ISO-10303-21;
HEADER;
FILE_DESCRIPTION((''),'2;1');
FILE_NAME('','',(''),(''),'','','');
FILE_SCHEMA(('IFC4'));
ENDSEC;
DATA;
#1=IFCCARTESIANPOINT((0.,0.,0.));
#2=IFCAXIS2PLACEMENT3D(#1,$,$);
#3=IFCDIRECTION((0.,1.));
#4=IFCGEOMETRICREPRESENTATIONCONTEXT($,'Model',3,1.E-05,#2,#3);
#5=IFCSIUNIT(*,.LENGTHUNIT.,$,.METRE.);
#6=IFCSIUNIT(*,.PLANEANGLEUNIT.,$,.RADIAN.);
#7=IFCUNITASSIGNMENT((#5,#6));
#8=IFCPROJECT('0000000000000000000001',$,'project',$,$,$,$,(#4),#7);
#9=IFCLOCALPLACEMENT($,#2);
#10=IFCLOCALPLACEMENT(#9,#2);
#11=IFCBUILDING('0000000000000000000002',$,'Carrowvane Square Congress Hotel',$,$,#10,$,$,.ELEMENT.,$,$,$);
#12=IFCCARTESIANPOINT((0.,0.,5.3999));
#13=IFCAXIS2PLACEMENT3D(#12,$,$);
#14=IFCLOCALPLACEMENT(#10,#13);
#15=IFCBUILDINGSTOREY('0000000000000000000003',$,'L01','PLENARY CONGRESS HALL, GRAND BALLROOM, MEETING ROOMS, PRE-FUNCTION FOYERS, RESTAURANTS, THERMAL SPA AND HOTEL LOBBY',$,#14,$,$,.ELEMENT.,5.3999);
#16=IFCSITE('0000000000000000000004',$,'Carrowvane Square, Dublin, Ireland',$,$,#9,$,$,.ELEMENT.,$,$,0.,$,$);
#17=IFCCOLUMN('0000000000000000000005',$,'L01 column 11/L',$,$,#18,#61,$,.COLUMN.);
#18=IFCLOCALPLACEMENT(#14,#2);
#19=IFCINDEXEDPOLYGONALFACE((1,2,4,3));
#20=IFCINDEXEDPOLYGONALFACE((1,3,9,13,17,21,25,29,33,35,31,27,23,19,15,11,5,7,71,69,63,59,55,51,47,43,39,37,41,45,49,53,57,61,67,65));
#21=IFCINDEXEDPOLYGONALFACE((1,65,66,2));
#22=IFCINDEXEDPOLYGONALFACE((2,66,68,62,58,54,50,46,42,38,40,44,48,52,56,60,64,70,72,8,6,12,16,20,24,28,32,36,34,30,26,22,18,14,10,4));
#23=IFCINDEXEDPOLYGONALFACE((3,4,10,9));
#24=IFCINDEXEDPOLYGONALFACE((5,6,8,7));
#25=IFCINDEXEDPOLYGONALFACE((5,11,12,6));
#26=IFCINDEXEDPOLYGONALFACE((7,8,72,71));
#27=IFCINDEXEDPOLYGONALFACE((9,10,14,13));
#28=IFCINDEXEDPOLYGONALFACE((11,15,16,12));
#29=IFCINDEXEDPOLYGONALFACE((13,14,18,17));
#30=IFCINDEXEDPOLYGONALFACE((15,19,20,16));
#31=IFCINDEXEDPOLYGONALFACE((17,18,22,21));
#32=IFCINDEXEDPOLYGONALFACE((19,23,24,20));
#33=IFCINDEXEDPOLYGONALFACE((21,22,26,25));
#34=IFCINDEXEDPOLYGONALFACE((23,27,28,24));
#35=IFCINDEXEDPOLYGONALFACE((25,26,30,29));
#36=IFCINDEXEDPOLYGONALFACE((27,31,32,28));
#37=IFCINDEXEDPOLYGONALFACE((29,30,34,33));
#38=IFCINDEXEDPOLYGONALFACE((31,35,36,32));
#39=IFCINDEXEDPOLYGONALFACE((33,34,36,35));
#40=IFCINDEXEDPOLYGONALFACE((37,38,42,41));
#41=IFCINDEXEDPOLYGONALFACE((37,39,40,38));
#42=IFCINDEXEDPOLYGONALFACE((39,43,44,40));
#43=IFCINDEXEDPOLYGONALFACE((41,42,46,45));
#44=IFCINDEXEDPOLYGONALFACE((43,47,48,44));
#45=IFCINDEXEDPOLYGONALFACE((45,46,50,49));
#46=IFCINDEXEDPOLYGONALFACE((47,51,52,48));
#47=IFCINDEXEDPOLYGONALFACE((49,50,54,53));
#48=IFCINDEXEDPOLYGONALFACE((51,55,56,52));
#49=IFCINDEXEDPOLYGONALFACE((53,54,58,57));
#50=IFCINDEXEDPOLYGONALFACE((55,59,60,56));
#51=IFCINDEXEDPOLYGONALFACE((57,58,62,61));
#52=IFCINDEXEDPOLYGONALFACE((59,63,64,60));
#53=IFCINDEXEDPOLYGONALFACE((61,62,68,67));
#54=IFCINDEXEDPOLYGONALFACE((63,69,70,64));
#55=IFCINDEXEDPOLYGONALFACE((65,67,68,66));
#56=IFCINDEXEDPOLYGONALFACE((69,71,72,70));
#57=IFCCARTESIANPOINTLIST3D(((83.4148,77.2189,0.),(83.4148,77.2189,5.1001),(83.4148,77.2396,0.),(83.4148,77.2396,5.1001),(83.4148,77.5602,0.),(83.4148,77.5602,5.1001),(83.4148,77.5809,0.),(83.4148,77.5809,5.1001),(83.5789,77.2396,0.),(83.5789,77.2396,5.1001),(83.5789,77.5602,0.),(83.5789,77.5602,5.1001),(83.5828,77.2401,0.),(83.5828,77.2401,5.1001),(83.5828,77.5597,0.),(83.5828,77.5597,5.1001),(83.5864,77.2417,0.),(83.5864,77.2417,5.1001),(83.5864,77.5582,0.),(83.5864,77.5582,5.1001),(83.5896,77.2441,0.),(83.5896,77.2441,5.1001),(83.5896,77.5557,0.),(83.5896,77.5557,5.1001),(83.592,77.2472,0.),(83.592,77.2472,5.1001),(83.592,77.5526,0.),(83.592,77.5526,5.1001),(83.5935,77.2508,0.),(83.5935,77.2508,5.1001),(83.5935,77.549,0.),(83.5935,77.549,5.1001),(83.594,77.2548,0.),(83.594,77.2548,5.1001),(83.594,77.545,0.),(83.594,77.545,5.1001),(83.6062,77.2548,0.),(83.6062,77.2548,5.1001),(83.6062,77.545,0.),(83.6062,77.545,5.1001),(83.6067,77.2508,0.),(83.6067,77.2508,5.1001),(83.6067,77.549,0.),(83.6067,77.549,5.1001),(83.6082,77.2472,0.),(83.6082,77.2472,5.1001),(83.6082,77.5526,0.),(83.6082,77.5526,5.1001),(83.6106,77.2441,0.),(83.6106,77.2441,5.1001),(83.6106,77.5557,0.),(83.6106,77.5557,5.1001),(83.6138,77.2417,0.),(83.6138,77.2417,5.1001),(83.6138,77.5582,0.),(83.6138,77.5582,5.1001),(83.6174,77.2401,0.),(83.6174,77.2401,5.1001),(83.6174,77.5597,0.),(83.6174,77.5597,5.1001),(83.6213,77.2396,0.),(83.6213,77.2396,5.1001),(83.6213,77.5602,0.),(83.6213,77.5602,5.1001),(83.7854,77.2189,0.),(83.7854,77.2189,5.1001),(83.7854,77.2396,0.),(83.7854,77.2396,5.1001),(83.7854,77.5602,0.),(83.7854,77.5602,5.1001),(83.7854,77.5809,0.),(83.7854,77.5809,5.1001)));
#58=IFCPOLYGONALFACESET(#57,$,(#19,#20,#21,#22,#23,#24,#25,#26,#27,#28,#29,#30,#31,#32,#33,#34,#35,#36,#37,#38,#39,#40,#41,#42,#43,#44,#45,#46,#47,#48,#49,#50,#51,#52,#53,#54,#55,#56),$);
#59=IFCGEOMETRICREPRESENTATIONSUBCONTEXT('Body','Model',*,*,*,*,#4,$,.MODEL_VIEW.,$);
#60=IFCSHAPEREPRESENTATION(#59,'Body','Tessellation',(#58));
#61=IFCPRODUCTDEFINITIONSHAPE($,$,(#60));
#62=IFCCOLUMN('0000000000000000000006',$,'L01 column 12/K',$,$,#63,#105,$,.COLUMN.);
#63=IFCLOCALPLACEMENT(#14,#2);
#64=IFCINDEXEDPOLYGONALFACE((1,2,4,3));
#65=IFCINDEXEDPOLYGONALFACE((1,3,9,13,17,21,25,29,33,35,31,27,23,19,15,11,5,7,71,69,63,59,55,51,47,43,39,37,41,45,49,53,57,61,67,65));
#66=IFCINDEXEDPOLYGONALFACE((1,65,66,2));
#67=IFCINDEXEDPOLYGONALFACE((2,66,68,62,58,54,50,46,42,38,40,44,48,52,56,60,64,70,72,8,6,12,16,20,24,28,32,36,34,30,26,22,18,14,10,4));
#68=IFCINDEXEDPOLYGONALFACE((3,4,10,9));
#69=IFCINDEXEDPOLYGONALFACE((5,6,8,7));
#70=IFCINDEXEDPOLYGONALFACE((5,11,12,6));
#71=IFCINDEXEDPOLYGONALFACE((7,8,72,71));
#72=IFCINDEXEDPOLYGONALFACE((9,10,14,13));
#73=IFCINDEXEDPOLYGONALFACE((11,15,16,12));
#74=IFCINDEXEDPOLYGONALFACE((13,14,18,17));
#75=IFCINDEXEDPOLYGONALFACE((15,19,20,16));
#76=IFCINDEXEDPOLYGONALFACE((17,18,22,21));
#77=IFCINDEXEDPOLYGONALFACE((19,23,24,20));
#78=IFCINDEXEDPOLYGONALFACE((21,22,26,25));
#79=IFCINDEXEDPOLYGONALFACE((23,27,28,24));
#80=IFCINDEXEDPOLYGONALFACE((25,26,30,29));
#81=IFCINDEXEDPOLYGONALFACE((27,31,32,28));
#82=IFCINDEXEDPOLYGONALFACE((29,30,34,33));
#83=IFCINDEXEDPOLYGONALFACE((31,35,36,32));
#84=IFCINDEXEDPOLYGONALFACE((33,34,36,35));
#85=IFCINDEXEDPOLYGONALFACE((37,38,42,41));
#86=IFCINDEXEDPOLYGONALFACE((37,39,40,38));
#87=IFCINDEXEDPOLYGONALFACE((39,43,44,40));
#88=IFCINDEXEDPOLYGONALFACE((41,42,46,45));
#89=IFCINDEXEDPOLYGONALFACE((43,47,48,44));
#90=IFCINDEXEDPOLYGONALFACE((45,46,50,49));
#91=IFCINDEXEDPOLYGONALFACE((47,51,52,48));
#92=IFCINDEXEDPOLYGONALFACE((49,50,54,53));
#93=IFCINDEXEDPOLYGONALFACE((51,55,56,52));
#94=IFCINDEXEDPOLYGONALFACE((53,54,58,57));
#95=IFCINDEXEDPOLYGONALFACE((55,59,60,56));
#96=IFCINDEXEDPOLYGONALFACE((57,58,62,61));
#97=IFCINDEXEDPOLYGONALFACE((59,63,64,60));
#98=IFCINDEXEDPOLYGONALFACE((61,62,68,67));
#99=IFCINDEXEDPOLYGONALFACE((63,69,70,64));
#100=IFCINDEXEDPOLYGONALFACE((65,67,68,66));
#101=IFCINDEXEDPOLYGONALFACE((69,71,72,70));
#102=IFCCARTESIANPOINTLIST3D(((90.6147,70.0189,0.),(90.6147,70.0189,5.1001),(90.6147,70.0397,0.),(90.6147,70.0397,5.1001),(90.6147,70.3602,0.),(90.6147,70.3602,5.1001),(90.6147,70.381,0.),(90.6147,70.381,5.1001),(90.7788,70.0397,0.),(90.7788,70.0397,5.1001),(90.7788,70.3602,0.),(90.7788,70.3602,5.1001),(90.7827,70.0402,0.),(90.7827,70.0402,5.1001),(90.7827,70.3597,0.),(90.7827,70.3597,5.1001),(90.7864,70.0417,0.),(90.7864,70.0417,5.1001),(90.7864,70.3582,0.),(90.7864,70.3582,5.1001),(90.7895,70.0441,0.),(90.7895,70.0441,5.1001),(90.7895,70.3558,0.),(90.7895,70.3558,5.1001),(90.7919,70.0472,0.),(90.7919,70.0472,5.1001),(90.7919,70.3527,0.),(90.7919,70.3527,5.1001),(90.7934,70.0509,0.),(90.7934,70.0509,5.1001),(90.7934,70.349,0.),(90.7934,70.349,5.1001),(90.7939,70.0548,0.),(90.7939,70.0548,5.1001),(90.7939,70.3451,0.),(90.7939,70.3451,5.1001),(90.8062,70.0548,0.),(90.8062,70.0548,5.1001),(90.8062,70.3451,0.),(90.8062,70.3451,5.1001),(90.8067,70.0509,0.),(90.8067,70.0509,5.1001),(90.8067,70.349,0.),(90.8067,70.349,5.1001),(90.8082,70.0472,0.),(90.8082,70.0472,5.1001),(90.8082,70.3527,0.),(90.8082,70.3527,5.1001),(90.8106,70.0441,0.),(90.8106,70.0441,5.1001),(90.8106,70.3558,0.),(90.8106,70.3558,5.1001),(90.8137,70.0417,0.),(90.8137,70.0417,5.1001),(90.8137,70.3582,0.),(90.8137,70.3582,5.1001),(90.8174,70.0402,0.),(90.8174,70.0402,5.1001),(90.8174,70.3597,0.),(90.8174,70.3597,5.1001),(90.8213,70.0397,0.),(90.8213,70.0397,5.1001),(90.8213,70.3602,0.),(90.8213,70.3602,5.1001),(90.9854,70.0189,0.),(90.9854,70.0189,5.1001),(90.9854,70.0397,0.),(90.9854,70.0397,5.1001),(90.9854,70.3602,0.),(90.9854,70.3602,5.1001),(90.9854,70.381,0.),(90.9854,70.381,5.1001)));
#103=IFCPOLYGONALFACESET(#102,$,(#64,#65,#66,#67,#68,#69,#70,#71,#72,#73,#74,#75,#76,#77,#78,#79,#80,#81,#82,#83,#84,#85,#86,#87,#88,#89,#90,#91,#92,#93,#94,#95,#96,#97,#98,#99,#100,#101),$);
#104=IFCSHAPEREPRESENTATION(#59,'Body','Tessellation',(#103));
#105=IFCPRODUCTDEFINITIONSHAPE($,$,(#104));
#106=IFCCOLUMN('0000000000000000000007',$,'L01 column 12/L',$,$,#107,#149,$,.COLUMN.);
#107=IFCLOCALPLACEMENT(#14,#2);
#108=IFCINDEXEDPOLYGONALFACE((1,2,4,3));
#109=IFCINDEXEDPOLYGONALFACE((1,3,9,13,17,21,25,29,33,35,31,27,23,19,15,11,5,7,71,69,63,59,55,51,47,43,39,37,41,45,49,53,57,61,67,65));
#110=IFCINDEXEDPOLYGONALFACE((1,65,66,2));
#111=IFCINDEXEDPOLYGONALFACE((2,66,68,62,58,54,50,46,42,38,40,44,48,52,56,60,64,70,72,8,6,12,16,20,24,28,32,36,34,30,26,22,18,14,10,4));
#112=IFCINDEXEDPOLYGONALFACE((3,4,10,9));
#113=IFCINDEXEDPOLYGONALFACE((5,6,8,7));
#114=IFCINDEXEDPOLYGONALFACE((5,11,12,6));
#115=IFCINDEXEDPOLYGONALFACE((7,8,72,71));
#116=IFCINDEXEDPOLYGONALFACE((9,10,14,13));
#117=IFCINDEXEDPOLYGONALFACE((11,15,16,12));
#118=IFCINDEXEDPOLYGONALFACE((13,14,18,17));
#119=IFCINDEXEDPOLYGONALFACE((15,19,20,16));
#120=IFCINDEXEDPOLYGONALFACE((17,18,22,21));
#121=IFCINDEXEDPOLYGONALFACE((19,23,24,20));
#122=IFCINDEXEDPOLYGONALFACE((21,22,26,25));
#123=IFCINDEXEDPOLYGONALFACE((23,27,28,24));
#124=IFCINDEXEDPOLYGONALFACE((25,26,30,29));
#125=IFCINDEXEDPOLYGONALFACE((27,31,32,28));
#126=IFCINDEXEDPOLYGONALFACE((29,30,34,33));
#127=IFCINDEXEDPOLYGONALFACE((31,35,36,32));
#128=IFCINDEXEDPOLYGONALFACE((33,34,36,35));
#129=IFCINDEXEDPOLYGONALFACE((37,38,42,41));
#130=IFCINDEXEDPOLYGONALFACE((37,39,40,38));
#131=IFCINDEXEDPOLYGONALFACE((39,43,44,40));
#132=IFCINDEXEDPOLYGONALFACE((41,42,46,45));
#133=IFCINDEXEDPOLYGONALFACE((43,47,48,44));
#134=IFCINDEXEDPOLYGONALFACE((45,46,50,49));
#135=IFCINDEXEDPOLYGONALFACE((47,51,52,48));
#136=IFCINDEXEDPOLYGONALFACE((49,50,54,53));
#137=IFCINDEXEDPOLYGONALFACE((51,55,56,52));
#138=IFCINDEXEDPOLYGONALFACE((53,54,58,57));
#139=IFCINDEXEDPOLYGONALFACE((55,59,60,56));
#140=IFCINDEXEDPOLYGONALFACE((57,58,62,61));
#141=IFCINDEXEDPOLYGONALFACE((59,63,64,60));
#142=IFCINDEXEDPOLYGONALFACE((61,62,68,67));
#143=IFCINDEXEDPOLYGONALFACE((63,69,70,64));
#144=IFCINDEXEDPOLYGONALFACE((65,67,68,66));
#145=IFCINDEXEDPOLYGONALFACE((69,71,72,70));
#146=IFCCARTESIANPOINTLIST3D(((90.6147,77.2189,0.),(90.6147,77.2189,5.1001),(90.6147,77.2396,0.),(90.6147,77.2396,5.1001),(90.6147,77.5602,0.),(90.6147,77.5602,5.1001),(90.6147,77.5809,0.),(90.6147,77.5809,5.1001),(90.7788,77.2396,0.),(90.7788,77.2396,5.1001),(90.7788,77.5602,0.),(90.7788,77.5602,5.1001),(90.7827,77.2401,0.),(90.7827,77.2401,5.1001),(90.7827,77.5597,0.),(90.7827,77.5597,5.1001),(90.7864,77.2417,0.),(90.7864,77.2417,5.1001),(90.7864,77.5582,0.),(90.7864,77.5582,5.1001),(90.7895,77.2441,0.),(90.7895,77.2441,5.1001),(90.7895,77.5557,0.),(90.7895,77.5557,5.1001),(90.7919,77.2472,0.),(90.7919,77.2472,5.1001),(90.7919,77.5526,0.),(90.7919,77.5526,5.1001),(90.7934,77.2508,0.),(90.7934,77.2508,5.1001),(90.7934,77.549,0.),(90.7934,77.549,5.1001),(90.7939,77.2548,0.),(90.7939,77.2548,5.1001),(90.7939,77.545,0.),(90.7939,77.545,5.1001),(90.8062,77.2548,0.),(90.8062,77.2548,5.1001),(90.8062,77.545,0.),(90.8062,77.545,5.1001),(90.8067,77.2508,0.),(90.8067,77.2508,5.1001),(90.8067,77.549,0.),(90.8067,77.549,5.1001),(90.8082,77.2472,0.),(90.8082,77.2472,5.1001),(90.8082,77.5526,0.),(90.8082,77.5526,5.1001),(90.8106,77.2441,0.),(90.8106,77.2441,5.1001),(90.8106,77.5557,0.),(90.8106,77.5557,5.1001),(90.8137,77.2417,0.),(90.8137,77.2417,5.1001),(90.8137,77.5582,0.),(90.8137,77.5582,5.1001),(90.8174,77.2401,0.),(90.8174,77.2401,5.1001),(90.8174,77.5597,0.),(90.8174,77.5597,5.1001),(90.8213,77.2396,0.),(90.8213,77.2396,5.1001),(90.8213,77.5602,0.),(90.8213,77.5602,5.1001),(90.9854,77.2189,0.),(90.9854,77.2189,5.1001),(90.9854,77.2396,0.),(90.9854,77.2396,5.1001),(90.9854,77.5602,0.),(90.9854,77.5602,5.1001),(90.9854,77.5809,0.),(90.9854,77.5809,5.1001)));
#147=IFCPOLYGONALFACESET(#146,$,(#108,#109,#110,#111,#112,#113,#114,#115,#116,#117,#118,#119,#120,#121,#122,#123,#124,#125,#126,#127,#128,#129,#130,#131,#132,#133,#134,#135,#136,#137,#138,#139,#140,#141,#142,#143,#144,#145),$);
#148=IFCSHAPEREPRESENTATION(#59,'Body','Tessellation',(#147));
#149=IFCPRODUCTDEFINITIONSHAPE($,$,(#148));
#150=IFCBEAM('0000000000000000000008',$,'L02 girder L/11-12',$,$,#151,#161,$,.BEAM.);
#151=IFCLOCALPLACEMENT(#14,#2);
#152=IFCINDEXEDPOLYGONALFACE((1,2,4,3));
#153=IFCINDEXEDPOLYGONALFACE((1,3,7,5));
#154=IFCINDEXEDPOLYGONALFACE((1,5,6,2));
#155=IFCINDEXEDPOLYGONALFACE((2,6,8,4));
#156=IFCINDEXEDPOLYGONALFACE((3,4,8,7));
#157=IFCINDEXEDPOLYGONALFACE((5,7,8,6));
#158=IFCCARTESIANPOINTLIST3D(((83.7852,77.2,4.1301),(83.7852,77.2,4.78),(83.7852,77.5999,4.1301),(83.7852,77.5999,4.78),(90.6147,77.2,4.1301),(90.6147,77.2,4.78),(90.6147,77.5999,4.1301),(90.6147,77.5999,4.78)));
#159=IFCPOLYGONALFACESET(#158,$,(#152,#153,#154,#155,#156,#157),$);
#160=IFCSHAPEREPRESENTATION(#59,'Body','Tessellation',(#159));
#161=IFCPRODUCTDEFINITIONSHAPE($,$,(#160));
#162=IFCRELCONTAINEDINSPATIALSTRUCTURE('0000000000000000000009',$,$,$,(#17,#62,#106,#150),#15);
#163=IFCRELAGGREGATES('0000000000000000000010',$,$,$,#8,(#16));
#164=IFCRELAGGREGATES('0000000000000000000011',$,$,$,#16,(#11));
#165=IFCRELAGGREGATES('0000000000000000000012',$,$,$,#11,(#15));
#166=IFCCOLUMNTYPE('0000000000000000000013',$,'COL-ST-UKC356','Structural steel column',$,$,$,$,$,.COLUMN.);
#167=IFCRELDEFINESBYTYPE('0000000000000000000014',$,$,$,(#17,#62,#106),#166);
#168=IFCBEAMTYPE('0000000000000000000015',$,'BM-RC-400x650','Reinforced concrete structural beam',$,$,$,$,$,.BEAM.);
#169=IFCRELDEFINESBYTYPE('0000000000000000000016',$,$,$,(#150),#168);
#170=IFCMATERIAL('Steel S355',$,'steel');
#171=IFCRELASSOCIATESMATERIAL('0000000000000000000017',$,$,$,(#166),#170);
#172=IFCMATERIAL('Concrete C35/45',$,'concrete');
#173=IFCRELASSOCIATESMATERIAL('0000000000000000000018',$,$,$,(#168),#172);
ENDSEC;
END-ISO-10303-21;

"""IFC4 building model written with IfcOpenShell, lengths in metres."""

from ifc_helpers import new_model, si_unit, direction, frame, origin, origin_2d, place, context, subcontext, project, spatial, rectangle, i_section, extrude, material, material_profile, profile_set, type_object, element, save


model = new_model("IFC4")

# Units and contexts
model_context = context("Model", 3, precision=1e-05, world=origin(), true_north=direction((0.0, 1.0)))
body_context = subcontext(model_context, "Body", "Model", "MODEL_VIEW")
ifc_project = project(units=[si_unit("LENGTHUNIT", "METRE"), si_unit("PLANEANGLEUNIT", "RADIAN")], contexts=[model_context])

# Site, building, storey
site_placement = place(None, origin())
site = spatial("IfcSite", under=ifc_project, at=site_placement, Name="Carrowvane Square, Dublin, Ireland", CompositionType="ELEMENT", RefElevation=0.0)
building_placement = place(site_placement, origin())
building = spatial("IfcBuilding", under=site, at=building_placement, Name="Carrowvane Square Congress Hotel", CompositionType="ELEMENT")
storey_placement = place(building_placement, frame((0.0, 0.0, 5.3999)))
storey = spatial("IfcBuildingStorey", under=building, at=storey_placement, Name="L01", Description="PLENARY CONGRESS HALL, GRAND BALLROOM, MEETING ROOMS, PRE-FUNCTION FOYERS, RESTAURANTS, THERMAL SPA AND HOTEL LOBBY", CompositionType="ELEMENT", Elevation=5.3999)

# Columns
ifc_material_1 = material(Name="Steel S355", Category="steel")
ifc_material_profile_1 = material_profile(ifc_material_1, i_section(OverallWidth=0.3706, OverallDepth=0.3621, WebThickness=0.0122, FlangeThickness=0.0208, FilletRadius=0.0151, at=origin_2d()), Name="UKC 356x368x153")
ifc_profile_set_1 = profile_set([ifc_material_profile_1], Name="Steel S355")
column_type = type_object("IfcColumnType", Name="COL-ST-UKC356", Description="Structural steel column", PredefinedType="COLUMN", material=ifc_profile_set_1)
for number, where, z_axis, x_axis, name in (
    (1, (83.6001, 77.3999, 0.0), (0.0, 0.0, 1.0), (1.0, 0.0, 0.0), "L01 column 11/L"),
    (2, (90.8, 70.2, 0.0), (0.0, 0.0, 1.0), (1.0, 0.0, 0.0), "L01 column 12/K"),
    (3, (90.8, 77.3999, 0.0), (0.0, 0.0, 1.0), (1.0, 0.0, 0.0), "L01 column 12/L"),
):
    element("IfcColumn", number, at=place(storey_placement, frame(where, z_axis=z_axis, x_axis=x_axis)), inside=storey, type_object=column_type, Name=name, PredefinedType="COLUMN", context=body_context, shape_type="SweptSolid", body=[
        extrude(i_section(OverallWidth=0.3706, OverallDepth=0.3621, WebThickness=0.0122, FlangeThickness=0.0208, FilletRadius=0.0151, at=origin_2d()), origin(), (0.0, 0.0, 1.0), 5.1001),
    ])

# Beam
ifc_material_2 = material(Name="Concrete C35/45", Category="concrete")
ifc_material_profile_2 = material_profile(ifc_material_2, rectangle(XDim=0.3999, YDim=0.6499, at=origin_2d()), Name="RC 400x650")
ifc_profile_set_2 = profile_set([ifc_material_profile_2], Name="Concrete C35/45")
beam_type_1 = type_object("IfcBeamType", Name="BM-RC-400x650", Description="Reinforced concrete structural beam", PredefinedType="BEAM", material=ifc_profile_set_2)
beam_1_placement = place(storey_placement, frame((83.7852, 77.3999, 4.4551), z_axis=(1.0, 0.0, 0.0), x_axis=(0.0, 1.0, 0.0)))
element("IfcBeam", 4, at=beam_1_placement, inside=storey, type_object=beam_type_1, Name="L02 girder L/11-12", PredefinedType="BEAM", context=body_context, shape_type="SweptSolid", body=[
    extrude(rectangle(XDim=0.3999, YDim=0.6499, at=origin_2d()), origin(), (0.0, 0.0, 1.0), 6.8296),
])

save(model, "model.ifc")
